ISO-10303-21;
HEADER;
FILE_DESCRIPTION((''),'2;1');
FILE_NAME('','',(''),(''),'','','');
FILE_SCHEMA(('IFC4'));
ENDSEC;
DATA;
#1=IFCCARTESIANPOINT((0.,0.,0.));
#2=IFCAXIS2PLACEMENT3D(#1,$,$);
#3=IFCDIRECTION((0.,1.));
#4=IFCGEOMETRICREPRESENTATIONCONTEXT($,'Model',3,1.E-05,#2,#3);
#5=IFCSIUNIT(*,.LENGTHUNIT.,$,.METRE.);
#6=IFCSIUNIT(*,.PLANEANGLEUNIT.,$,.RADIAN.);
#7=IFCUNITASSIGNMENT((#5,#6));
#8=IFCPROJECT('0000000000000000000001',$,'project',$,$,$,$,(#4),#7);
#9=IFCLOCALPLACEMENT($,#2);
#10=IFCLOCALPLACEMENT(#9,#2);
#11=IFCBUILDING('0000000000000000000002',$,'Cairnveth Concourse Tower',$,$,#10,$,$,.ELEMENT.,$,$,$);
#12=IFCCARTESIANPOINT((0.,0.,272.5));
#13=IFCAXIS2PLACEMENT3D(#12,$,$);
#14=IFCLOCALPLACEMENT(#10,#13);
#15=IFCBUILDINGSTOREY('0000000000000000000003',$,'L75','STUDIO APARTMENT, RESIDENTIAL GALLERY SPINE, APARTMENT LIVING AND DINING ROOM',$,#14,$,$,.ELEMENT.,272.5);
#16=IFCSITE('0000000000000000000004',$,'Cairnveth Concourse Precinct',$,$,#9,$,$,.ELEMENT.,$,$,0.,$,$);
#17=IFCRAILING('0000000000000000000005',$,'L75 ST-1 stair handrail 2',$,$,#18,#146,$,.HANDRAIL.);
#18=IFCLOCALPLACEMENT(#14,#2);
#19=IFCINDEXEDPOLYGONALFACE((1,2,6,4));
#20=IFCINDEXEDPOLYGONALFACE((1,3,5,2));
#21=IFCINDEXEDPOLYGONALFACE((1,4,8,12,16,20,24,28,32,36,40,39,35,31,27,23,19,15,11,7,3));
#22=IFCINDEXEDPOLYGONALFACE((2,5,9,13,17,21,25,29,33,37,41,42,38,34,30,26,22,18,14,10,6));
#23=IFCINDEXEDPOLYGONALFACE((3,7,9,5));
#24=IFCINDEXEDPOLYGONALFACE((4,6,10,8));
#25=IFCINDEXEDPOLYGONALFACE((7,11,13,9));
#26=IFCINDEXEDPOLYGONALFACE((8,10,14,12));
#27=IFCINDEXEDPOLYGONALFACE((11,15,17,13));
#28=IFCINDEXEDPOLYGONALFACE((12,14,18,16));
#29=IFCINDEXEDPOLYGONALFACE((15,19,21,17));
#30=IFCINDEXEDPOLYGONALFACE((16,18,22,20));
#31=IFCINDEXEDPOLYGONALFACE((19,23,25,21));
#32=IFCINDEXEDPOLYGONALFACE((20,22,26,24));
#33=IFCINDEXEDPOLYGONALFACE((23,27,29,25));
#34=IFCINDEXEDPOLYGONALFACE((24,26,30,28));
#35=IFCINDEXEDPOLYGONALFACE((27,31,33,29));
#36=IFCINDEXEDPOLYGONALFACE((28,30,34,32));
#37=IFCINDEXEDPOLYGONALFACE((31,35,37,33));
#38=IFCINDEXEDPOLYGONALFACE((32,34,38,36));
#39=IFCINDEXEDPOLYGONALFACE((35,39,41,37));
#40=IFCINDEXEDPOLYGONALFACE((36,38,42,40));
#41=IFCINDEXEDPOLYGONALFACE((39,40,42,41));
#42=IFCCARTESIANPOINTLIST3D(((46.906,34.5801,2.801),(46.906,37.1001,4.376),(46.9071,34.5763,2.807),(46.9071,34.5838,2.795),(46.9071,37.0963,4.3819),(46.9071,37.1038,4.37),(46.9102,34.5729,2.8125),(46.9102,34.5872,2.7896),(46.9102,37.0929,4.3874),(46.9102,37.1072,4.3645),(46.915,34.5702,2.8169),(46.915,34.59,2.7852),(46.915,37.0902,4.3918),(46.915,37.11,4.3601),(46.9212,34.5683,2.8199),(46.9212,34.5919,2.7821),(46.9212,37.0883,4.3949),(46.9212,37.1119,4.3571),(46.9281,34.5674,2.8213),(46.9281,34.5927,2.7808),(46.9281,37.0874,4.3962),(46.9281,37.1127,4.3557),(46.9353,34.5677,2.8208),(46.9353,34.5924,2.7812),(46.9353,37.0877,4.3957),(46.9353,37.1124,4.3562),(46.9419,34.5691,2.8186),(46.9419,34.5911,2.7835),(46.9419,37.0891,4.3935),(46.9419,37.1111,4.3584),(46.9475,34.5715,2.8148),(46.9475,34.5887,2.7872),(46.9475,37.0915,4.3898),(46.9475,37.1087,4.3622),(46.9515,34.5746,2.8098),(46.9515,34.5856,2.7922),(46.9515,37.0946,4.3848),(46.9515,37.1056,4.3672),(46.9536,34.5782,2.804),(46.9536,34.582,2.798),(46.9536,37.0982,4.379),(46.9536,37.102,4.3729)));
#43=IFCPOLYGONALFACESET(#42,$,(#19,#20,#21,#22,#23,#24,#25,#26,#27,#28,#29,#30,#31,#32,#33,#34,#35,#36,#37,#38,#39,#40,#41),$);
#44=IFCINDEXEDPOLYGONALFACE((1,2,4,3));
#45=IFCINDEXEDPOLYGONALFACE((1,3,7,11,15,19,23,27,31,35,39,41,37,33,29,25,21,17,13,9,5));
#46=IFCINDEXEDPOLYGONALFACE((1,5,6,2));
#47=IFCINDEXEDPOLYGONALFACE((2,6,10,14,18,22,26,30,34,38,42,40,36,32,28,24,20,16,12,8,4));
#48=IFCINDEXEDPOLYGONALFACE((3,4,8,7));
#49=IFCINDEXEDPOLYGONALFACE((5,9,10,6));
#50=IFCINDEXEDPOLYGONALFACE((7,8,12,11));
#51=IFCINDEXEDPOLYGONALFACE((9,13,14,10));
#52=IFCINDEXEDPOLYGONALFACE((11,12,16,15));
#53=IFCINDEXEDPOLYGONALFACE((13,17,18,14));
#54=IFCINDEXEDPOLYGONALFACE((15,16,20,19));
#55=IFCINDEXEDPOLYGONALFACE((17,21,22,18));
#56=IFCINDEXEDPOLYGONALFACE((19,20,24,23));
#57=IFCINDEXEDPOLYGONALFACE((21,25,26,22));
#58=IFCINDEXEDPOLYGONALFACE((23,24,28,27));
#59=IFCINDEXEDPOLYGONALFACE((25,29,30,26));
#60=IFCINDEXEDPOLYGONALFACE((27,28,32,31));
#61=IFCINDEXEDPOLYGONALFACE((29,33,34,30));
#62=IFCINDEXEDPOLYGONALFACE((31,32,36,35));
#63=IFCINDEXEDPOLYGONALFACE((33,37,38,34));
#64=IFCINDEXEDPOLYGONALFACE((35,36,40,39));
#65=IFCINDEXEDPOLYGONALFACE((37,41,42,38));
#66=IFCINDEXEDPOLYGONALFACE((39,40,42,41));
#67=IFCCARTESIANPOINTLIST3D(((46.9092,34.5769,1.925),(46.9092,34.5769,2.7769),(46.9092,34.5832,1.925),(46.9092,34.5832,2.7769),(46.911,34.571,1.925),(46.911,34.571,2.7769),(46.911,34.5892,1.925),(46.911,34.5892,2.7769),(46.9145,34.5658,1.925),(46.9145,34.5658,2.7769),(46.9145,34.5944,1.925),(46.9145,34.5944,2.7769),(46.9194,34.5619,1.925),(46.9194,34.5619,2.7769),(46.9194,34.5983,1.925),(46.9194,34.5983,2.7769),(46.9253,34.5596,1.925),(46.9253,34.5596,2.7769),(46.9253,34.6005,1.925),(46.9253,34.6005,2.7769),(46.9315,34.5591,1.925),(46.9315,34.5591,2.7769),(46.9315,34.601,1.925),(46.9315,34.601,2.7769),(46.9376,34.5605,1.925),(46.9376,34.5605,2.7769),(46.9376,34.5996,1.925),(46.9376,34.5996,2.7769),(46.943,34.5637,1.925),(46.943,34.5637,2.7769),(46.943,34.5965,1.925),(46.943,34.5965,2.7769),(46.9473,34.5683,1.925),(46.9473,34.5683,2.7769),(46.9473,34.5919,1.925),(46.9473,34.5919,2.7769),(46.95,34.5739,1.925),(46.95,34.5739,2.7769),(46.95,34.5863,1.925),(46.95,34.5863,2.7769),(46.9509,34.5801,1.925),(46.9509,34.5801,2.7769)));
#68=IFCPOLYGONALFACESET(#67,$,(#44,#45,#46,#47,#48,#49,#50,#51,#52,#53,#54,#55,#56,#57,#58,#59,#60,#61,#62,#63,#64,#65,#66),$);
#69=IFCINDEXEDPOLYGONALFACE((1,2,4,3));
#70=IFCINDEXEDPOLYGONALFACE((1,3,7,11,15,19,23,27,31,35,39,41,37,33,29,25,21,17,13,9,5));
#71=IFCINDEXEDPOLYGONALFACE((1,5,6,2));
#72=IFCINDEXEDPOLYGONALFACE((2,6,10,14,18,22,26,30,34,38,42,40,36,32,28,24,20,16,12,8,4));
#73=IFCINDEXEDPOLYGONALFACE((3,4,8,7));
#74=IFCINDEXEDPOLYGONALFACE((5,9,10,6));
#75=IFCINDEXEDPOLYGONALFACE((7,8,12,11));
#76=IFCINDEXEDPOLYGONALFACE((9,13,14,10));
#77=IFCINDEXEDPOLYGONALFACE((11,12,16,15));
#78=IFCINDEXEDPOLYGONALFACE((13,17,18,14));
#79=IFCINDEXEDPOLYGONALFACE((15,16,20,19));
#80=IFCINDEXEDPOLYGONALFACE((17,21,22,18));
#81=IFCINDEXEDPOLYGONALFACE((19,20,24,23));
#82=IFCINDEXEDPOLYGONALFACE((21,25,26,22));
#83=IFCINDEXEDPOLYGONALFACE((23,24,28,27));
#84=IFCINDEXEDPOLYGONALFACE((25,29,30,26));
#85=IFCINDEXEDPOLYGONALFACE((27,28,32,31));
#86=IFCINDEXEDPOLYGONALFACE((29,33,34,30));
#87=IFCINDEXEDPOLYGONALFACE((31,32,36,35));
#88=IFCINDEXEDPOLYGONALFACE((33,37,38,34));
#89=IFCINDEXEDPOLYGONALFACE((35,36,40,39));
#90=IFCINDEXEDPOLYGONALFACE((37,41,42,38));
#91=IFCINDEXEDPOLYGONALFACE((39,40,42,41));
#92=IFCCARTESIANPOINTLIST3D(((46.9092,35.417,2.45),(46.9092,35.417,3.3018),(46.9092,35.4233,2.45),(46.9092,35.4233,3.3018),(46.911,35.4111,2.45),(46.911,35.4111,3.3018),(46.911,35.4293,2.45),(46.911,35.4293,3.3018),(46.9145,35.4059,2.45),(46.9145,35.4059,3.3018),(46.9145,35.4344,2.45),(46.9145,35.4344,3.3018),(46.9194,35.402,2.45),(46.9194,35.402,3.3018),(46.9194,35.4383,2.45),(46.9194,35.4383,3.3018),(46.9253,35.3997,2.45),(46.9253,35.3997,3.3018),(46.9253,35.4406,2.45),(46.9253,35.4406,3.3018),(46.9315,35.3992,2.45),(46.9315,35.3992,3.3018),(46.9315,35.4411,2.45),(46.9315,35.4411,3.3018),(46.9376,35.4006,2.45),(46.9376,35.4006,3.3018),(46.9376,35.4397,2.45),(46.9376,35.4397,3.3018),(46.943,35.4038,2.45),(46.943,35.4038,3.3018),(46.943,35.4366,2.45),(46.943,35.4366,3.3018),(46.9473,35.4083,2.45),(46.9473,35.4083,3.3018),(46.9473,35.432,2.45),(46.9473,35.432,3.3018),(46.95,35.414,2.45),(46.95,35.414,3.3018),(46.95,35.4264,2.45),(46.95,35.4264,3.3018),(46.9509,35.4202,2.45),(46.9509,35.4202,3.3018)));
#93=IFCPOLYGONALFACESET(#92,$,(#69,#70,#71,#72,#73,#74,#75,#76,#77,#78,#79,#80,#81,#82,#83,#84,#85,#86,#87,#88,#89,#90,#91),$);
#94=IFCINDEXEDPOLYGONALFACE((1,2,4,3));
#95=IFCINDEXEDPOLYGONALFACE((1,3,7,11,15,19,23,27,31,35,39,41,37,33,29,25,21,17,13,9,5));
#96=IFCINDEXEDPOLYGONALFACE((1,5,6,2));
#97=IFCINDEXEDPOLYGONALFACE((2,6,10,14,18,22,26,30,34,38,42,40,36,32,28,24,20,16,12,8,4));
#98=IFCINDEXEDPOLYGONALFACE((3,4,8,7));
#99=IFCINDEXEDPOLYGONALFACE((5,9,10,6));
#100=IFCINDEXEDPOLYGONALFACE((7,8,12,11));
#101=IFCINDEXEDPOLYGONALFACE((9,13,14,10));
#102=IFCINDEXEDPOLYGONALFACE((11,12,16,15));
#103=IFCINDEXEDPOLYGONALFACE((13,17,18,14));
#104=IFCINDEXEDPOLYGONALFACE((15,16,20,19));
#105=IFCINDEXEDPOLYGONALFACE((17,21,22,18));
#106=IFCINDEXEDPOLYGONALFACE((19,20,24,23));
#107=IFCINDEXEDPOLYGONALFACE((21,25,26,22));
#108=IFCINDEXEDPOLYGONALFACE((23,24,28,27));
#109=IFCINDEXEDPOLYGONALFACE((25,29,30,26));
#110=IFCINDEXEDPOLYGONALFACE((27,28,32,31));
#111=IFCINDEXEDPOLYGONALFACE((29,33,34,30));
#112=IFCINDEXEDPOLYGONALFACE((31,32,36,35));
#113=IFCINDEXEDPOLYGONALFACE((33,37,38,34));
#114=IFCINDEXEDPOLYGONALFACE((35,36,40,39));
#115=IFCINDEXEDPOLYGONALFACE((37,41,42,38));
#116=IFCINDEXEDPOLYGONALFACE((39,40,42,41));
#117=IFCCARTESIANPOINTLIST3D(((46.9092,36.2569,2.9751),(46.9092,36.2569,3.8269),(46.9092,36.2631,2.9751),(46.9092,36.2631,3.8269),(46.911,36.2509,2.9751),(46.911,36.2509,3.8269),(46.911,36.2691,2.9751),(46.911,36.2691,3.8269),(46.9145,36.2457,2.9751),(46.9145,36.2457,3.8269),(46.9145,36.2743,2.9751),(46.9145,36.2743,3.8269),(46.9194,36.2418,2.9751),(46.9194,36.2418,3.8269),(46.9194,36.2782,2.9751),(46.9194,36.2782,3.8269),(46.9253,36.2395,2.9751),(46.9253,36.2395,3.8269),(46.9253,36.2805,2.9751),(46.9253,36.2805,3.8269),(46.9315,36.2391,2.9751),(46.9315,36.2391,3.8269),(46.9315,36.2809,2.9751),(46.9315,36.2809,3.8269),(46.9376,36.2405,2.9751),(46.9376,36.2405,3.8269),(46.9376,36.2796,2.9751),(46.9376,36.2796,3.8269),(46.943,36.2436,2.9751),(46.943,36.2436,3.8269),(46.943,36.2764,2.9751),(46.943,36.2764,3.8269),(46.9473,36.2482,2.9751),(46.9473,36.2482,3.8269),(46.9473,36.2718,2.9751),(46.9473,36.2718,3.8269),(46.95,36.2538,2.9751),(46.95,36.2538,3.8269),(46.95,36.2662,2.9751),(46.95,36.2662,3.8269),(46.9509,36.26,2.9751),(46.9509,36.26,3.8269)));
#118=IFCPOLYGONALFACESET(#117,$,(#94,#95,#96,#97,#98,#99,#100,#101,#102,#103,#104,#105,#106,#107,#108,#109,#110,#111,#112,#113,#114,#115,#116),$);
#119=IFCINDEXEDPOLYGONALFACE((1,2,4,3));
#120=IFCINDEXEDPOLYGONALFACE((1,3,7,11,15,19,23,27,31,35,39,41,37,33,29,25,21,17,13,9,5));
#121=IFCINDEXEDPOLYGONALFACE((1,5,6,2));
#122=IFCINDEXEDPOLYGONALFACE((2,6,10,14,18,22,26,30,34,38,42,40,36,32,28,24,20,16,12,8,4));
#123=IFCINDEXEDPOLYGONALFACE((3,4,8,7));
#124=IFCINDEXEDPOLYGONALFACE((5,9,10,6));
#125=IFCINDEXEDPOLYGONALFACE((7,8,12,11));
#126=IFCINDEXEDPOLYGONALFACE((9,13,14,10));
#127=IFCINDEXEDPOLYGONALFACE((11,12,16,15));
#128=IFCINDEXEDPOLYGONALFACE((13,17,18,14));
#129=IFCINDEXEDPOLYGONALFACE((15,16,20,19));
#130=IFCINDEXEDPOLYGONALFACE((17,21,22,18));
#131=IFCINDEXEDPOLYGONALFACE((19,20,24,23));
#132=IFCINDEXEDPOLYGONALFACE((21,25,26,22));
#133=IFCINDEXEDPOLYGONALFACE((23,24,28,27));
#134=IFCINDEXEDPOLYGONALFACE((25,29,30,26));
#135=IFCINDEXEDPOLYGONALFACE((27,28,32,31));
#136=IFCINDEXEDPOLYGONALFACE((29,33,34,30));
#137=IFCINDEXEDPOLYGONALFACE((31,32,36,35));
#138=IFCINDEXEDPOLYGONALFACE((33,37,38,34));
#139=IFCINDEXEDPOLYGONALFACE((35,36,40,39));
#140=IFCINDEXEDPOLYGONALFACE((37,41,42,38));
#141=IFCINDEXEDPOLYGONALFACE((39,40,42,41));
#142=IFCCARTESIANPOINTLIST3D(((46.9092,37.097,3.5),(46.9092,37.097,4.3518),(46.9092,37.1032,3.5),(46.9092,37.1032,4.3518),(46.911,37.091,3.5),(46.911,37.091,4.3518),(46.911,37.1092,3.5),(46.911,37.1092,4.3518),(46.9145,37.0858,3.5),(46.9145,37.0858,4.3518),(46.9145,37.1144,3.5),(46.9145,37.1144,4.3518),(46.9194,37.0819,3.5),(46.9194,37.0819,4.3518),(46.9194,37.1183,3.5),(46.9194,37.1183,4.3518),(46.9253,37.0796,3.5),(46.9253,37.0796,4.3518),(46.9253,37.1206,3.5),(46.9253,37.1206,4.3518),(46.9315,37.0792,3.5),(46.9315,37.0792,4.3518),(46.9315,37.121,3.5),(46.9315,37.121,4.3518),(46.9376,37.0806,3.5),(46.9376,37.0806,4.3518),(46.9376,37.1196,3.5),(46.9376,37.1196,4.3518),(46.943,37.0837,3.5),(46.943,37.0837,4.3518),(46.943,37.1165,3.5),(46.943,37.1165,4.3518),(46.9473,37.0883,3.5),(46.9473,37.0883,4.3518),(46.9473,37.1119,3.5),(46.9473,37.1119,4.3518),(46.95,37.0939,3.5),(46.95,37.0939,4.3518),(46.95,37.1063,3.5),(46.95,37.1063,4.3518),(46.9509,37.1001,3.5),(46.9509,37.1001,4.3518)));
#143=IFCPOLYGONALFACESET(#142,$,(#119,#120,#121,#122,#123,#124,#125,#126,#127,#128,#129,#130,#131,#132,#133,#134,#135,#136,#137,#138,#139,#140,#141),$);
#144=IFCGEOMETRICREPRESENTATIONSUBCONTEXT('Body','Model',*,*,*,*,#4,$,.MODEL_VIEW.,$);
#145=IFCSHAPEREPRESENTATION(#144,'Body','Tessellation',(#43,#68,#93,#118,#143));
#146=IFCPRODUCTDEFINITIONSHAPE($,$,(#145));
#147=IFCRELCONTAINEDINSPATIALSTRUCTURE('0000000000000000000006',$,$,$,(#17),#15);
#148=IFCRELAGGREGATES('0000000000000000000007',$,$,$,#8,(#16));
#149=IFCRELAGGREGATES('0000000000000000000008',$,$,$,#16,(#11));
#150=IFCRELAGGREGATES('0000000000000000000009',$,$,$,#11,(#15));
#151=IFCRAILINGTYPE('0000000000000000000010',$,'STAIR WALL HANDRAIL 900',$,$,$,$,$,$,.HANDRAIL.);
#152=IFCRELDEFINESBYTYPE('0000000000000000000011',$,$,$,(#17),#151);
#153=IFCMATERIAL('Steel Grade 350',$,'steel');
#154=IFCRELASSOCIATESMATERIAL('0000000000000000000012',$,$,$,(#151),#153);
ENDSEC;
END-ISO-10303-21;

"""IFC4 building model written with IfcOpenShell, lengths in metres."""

from ifc_helpers import new_model, si_unit, direction, frame, origin, origin_2d, place, context, subcontext, project, spatial, circle, extrude, material, type_object, element, save


model = new_model("IFC4")

# Units and contexts
model_context = context("Model", 3, precision=1e-05, world=origin(), true_north=direction((0.0, 1.0)))
body_context = subcontext(model_context, "Body", "Model", "MODEL_VIEW")
ifc_project = project(units=[si_unit("LENGTHUNIT", "METRE"), si_unit("PLANEANGLEUNIT", "RADIAN")], contexts=[model_context])

# Site, building, storey
site_placement = place(None, origin())
site = spatial("IfcSite", under=ifc_project, at=site_placement, Name="Cairnveth Concourse Precinct", CompositionType="ELEMENT", RefElevation=0.0)
building_placement = place(site_placement, origin())
building = spatial("IfcBuilding", under=site, at=building_placement, Name="Cairnveth Concourse Tower", CompositionType="ELEMENT")
storey_placement = place(building_placement, frame((0.0, 0.0, 272.5)))
storey = spatial("IfcBuildingStorey", under=building, at=storey_placement, Name="L75", Description="STUDIO APARTMENT, RESIDENTIAL GALLERY SPINE, APARTMENT LIVING AND DINING ROOM", CompositionType="ELEMENT", Elevation=272.5)

# Shared definitions
ifc_material_1 = material(Name="Steel Grade 350", Category="steel")

# Railing
railing_type_1 = type_object("IfcRailingType", Name="STAIR WALL HANDRAIL 900", PredefinedType="HANDRAIL", material=ifc_material_1)
railing_1_placement = place(storey_placement, frame((46.9299, 34.5801, 1.925)))
element("IfcRailing", 1, at=railing_1_placement, inside=storey, type_object=railing_type_1, Name="L75 ST-1 stair handrail 2", PredefinedType="HANDRAIL", context=body_context, shape_type="SweptSolid", body=[
    extrude(circle(Radius=0.0239, at=origin_2d()), frame((0.0, 0.0, 0.876), z_axis=(0.0, 0.848008, 0.529984), x_axis=(-1.0, 0.0, 0.0)), (0.0, 0.0, 1.0), 2.9717),
    extrude(circle(Radius=0.021, at=origin_2d()), origin(), (0.0, 0.0, 1.0), 0.8518),
    extrude(circle(Radius=0.021, at=origin_2d()), frame((0.0, 0.8401, 0.5249)), (0.0, 0.0, 1.0), 0.8518),
    extrude(circle(Radius=0.021, at=origin_2d()), frame((0.0, 1.6799, 1.05)), (0.0, 0.0, 1.0), 0.8518),
    extrude(circle(Radius=0.021, at=origin_2d()), frame((0.0, 2.52, 1.575)), (0.0, 0.0, 1.0), 0.8518),
])

save(model, "model.ifc")
